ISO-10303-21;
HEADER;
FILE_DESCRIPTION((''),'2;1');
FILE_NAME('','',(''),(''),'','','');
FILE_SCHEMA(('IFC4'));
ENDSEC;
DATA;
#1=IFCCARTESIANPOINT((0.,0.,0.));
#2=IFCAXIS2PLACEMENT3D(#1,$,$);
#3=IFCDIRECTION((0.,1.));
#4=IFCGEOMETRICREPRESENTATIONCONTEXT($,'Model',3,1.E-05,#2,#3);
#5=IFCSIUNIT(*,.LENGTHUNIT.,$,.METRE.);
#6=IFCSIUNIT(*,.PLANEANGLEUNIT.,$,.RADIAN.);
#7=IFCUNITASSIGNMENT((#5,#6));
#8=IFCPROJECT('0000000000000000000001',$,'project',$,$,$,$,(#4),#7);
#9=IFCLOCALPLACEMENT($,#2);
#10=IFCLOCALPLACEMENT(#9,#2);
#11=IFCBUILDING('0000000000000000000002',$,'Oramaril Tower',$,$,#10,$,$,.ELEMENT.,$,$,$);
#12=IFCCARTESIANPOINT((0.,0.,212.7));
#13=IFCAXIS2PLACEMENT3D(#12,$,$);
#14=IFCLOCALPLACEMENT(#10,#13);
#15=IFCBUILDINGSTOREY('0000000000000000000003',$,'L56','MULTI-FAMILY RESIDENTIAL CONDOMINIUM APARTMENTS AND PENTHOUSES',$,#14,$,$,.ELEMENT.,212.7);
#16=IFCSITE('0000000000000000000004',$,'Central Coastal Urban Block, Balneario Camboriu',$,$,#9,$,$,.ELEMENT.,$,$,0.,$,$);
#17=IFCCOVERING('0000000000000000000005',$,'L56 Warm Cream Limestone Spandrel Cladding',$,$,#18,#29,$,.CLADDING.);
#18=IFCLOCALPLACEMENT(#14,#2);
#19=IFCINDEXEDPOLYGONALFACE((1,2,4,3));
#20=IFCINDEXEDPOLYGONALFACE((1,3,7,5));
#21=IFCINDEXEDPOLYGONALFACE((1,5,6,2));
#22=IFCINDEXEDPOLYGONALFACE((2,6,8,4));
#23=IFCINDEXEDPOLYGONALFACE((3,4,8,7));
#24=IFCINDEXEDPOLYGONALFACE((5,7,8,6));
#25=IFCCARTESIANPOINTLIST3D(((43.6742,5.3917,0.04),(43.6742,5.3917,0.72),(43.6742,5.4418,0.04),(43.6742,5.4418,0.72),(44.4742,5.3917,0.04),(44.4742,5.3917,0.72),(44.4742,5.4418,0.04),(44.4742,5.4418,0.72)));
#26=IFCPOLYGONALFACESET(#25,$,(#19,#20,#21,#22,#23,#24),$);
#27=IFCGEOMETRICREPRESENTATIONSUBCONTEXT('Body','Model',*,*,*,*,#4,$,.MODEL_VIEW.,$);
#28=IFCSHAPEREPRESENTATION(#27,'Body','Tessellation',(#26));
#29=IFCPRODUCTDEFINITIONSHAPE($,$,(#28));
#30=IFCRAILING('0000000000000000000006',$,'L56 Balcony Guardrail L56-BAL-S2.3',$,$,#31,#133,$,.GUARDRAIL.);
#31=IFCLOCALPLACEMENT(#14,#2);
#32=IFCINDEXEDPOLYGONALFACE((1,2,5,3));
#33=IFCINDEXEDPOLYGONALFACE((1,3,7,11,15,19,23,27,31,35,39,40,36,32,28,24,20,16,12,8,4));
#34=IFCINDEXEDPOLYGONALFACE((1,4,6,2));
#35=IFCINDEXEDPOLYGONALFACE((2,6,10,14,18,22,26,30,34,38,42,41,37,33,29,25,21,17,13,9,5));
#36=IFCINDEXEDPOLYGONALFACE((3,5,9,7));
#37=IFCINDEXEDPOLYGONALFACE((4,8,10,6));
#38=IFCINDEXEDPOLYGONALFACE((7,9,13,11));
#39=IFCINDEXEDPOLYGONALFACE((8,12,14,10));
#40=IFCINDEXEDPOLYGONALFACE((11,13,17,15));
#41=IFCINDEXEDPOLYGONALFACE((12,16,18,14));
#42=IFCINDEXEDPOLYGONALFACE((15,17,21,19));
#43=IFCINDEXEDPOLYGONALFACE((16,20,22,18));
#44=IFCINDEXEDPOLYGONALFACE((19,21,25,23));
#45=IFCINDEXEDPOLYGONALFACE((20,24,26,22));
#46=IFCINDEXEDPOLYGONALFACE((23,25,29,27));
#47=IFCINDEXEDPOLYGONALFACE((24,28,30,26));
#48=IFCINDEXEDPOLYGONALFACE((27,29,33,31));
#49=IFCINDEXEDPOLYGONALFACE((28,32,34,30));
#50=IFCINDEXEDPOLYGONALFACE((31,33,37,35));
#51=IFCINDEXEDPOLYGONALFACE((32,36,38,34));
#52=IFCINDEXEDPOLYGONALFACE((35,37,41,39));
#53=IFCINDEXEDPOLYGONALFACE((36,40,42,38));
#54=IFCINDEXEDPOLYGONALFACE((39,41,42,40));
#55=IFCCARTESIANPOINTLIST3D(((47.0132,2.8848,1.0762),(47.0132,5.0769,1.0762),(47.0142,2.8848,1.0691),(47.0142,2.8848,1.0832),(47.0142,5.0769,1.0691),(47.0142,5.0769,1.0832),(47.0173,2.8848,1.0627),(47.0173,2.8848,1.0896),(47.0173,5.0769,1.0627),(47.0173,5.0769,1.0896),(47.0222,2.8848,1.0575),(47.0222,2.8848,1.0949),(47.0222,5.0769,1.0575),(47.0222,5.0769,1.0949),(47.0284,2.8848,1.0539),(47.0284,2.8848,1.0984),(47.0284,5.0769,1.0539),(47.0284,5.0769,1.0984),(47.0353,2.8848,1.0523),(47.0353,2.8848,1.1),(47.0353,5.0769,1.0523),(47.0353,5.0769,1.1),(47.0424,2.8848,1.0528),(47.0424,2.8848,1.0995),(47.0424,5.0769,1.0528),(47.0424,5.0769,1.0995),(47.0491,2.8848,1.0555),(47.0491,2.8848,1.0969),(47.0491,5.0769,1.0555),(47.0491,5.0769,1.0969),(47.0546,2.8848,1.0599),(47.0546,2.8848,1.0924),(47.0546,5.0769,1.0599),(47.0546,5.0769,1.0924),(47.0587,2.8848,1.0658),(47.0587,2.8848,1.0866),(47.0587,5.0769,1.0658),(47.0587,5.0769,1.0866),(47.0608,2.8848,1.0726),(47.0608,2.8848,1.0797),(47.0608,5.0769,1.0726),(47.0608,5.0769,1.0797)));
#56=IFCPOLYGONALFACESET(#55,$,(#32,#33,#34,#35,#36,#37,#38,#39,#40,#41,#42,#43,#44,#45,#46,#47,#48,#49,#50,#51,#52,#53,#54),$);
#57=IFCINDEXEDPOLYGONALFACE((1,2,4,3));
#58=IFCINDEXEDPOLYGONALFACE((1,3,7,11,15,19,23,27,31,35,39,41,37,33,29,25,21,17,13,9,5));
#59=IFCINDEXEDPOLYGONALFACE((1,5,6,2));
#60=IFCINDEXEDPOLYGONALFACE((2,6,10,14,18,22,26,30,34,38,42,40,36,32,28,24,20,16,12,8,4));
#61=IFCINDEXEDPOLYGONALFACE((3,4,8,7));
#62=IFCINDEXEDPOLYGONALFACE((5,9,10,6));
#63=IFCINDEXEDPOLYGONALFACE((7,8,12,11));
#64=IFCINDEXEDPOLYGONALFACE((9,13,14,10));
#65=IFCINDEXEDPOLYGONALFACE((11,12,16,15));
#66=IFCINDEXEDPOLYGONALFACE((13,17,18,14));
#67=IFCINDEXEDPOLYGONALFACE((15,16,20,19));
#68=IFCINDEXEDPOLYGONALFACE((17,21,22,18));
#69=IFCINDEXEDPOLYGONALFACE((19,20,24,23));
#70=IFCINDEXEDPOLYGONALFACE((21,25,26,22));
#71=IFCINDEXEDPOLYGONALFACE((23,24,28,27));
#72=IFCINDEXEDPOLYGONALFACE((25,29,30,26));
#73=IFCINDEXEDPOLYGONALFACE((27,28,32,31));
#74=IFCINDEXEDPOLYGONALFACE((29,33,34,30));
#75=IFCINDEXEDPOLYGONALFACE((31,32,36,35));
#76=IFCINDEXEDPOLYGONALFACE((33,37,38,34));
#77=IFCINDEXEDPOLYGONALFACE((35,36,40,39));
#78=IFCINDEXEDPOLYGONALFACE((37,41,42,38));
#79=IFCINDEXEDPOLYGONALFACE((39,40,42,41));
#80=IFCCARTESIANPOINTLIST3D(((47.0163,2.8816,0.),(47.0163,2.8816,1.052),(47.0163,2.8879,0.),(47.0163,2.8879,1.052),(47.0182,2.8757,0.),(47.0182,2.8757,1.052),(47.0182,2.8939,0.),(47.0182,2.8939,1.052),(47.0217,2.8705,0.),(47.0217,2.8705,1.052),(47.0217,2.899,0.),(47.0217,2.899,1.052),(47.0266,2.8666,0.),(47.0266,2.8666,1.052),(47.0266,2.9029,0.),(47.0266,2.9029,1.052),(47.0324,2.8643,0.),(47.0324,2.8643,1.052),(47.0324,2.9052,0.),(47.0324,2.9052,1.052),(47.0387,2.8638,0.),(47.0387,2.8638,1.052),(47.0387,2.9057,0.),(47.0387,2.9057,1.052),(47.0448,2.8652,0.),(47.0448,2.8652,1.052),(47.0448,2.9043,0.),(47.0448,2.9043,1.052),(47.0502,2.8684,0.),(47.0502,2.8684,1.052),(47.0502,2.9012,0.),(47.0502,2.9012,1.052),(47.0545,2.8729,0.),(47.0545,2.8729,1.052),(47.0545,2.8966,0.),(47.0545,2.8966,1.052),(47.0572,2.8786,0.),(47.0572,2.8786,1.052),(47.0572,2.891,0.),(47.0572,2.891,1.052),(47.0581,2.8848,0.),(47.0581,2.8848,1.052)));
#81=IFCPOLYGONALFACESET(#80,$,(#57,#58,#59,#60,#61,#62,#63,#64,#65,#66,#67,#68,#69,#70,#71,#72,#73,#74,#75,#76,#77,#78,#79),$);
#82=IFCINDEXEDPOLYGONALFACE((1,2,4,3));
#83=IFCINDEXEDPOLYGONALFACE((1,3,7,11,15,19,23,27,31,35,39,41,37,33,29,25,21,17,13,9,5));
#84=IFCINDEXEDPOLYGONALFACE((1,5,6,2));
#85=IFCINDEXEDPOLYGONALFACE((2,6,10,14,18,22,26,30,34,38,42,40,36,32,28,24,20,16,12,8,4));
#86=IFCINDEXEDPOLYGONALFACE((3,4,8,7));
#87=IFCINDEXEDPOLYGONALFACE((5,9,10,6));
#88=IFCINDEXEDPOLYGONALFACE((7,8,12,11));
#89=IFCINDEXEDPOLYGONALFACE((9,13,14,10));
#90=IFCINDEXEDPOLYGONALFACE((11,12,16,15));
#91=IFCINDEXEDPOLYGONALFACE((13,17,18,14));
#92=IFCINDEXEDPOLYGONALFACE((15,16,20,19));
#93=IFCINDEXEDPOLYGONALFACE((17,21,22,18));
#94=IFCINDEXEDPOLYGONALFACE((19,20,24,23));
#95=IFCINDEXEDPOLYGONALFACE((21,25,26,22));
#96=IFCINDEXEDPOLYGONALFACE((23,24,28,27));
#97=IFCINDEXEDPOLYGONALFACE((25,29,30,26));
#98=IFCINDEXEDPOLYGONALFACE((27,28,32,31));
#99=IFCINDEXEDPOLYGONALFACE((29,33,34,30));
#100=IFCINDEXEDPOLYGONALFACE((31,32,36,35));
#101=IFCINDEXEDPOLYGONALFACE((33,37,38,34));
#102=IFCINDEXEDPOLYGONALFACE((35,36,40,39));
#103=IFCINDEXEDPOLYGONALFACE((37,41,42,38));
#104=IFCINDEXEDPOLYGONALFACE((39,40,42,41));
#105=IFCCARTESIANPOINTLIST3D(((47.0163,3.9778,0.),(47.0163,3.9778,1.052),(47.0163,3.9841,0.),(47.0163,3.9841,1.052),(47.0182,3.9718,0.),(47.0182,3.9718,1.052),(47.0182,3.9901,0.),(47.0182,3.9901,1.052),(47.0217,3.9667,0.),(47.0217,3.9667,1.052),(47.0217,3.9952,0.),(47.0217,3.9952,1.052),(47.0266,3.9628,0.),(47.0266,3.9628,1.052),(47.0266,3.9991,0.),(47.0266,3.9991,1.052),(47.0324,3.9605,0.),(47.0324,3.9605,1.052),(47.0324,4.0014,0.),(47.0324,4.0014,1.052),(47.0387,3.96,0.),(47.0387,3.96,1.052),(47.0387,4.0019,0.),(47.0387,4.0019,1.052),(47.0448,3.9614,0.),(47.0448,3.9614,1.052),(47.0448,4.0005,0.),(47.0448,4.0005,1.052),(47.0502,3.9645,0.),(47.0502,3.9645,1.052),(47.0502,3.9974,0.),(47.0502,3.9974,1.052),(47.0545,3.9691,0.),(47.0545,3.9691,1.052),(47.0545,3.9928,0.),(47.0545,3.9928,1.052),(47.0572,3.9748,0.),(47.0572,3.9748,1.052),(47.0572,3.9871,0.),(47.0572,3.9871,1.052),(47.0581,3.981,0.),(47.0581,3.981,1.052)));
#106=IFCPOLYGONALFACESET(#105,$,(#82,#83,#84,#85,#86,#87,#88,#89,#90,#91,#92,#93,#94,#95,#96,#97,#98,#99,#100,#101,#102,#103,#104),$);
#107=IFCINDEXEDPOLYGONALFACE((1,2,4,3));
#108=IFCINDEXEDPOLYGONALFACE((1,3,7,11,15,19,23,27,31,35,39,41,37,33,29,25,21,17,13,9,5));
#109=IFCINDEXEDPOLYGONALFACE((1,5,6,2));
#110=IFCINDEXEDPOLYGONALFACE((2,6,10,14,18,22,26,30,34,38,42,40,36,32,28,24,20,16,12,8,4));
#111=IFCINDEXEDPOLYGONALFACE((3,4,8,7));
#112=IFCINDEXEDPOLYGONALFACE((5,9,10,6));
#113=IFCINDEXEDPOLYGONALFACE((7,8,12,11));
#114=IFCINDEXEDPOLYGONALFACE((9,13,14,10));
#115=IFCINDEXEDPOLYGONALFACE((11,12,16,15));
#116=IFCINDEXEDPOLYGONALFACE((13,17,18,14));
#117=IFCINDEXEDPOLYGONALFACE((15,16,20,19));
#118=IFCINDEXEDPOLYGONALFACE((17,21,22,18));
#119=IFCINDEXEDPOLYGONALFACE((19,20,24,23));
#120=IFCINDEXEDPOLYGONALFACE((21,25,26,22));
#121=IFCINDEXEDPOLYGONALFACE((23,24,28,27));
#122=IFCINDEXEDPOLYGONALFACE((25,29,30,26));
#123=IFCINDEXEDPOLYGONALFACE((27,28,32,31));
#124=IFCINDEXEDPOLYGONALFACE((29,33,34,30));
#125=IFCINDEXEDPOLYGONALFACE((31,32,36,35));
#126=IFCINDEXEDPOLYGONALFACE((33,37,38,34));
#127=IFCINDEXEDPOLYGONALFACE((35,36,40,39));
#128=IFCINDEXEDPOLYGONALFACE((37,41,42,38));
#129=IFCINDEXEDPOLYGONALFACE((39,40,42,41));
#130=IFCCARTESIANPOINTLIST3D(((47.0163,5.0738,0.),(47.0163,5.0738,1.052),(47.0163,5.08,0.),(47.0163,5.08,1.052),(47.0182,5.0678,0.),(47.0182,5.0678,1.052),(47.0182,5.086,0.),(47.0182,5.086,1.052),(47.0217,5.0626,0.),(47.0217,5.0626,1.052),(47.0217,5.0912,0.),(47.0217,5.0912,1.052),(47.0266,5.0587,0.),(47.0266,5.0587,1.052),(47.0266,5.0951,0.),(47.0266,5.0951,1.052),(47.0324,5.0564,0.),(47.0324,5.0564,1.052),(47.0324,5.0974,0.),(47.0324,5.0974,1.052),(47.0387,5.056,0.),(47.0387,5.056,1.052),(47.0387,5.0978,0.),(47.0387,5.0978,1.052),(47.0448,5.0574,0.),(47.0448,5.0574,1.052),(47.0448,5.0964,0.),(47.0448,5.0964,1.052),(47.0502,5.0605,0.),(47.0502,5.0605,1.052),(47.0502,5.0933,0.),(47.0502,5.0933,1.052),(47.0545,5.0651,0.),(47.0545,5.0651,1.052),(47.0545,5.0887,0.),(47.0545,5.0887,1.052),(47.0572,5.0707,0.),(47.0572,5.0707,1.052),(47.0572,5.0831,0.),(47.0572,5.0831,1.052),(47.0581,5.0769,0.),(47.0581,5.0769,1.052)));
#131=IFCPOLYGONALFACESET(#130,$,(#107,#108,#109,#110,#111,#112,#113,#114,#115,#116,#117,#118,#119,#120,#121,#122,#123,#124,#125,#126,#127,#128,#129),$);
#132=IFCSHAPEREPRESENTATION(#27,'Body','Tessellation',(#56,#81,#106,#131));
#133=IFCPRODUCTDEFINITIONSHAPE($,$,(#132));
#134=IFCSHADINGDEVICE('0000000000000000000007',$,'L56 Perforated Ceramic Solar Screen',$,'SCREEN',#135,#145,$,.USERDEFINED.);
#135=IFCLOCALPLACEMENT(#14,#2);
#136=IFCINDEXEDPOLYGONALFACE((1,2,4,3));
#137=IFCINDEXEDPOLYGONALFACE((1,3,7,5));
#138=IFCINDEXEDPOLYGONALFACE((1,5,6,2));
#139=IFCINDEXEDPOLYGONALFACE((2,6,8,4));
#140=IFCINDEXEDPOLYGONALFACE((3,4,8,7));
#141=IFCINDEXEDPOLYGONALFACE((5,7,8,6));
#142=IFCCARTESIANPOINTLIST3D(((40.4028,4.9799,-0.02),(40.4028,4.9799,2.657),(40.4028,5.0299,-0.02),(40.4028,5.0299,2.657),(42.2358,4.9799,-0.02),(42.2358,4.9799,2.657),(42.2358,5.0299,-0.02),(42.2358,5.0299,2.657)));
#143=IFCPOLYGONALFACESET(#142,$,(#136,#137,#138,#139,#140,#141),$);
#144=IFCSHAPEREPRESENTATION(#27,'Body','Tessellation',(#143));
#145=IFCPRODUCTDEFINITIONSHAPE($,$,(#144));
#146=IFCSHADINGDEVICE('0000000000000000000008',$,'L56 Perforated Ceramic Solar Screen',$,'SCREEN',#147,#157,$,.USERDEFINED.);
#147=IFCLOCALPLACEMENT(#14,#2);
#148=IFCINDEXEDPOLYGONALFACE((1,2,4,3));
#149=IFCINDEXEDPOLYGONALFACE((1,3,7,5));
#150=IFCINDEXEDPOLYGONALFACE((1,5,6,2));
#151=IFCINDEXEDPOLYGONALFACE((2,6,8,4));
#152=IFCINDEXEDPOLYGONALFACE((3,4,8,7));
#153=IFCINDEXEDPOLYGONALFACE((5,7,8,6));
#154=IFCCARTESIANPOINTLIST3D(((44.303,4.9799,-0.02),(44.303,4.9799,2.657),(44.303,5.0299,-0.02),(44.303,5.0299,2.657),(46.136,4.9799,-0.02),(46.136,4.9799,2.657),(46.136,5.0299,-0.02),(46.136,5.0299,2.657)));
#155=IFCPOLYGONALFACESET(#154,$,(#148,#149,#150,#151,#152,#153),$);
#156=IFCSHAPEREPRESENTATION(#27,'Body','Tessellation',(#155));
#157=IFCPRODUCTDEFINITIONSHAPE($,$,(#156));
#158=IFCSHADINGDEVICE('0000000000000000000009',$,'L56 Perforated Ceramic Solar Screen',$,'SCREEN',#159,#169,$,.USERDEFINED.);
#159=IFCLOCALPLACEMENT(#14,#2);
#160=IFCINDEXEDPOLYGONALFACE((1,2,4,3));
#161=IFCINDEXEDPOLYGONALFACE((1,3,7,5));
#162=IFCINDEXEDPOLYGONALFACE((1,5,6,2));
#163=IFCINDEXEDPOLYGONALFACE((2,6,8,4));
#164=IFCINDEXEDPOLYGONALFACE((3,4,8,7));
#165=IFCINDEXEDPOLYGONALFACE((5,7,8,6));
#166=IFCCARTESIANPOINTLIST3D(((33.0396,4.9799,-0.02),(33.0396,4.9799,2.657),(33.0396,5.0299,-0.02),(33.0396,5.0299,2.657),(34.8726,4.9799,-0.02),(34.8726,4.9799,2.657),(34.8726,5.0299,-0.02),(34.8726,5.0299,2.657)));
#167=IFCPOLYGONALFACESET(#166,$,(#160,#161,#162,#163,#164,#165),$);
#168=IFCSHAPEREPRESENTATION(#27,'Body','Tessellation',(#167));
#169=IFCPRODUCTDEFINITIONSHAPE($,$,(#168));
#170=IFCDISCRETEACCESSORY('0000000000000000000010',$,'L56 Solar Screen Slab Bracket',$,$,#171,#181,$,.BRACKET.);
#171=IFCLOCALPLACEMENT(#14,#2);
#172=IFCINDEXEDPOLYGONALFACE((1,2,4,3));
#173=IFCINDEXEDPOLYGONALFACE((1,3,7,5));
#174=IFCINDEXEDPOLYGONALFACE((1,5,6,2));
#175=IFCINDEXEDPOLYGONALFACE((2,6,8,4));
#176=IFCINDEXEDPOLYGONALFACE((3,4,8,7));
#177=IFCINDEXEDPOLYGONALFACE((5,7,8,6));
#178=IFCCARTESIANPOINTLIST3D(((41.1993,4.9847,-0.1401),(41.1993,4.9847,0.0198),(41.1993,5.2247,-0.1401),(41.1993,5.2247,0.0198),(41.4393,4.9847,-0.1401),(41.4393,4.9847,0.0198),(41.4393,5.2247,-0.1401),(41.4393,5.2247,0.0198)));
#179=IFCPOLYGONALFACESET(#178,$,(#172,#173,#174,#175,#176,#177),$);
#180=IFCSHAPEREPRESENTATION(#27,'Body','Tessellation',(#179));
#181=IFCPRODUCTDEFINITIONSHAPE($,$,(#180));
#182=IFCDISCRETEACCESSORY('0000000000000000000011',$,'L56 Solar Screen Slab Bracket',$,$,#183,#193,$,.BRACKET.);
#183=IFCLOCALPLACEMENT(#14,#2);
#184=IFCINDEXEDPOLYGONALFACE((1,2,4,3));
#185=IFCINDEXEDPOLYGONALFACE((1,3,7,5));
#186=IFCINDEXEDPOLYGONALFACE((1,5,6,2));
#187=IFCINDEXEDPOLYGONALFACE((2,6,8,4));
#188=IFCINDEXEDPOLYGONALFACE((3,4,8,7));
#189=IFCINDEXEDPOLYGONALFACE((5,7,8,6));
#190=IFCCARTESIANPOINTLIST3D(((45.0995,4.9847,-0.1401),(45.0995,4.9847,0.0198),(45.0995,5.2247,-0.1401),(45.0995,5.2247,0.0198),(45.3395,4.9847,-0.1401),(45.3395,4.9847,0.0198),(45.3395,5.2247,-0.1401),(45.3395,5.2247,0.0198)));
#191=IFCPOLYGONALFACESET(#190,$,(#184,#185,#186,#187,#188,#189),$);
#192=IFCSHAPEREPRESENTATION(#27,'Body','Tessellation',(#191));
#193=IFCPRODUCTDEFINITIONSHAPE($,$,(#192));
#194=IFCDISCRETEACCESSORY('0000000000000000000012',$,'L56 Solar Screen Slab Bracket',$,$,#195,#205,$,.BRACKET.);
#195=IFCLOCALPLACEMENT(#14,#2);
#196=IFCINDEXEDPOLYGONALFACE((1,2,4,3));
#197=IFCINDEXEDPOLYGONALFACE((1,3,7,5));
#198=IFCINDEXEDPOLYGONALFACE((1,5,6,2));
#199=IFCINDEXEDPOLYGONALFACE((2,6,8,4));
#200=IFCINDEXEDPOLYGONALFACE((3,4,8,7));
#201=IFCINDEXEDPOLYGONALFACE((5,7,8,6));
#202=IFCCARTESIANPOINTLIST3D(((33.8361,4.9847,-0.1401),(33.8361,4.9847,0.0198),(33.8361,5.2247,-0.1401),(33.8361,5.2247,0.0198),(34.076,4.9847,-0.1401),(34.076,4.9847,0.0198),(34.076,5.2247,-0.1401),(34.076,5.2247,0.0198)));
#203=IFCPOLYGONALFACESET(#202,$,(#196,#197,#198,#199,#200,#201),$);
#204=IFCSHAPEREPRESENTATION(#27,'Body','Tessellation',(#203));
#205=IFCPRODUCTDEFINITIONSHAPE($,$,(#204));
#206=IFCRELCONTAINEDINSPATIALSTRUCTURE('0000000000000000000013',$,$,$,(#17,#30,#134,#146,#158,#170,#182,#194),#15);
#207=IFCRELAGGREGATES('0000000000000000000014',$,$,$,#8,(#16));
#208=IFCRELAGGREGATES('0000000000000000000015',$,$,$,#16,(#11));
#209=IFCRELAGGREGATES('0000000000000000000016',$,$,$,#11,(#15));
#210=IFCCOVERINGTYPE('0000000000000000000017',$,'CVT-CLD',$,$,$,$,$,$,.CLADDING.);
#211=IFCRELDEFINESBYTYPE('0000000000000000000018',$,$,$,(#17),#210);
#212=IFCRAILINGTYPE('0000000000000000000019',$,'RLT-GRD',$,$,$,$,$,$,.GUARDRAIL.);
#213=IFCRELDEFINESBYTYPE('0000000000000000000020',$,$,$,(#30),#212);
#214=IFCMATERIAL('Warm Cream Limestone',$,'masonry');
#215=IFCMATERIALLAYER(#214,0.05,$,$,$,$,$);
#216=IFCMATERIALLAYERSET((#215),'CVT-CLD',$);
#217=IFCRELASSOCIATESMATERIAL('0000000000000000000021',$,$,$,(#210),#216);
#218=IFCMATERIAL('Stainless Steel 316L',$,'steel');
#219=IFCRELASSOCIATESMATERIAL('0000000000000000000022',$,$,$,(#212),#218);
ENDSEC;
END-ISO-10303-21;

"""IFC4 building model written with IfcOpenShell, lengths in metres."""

from ifc_helpers import new_model, si_unit, direction, frame, origin, origin_2d, place, context, subcontext, project, spatial, rectangle, circle, extrude, material, layer, layer_set, type_object, element, save


model = new_model("IFC4")

# Units and contexts
model_context = context("Model", 3, precision=1e-05, world=origin(), true_north=direction((0.0, 1.0)))
body_context = subcontext(model_context, "Body", "Model", "MODEL_VIEW")
ifc_project = project(units=[si_unit("LENGTHUNIT", "METRE"), si_unit("PLANEANGLEUNIT", "RADIAN")], contexts=[model_context])

# Site, building, storey
site_placement = place(None, origin())
site = spatial("IfcSite", under=ifc_project, at=site_placement, Name="Central Coastal Urban Block, Balneario Camboriu", CompositionType="ELEMENT", RefElevation=0.0)
building_placement = place(site_placement, origin())
building = spatial("IfcBuilding", under=site, at=building_placement, Name="Oramaril Tower", CompositionType="ELEMENT")
storey_placement = place(building_placement, frame((0.0, 0.0, 212.7)))
storey = spatial("IfcBuildingStorey", under=building, at=storey_placement, Name="L56", Description="MULTI-FAMILY RESIDENTIAL CONDOMINIUM APARTMENTS AND PENTHOUSES", CompositionType="ELEMENT", Elevation=212.7)

# Covering
ifc_material_1 = material(Name="Warm Cream Limestone", Category="masonry")
ifc_layer_1 = layer(ifc_material_1, 0.05)
ifc_layer_set_1 = layer_set([ifc_layer_1], Name="CVT-CLD")
covering_type = type_object("IfcCoveringType", Name="CVT-CLD", PredefinedType="CLADDING", material=ifc_layer_set_1)
covering_placement = place(storey_placement, frame((44.0742, 5.4167, 0.04), z_axis=(0.0, 0.0, 1.0), x_axis=(1.0, 0.0, 0.0)))
element("IfcCovering", 1, at=covering_placement, inside=storey, type_object=covering_type, Name="L56 Warm Cream Limestone Spandrel Cladding", PredefinedType="CLADDING", context=body_context, shape_type="SweptSolid", body=[
    extrude(rectangle(XDim=0.8, YDim=0.05, at=origin_2d()), origin(), (0.0, 0.0, 1.0), 0.6799),
])

# Railing
ifc_material_2 = material(Name="Stainless Steel 316L", Category="steel")
railing_type = type_object("IfcRailingType", Name="RLT-GRD", PredefinedType="GUARDRAIL", material=ifc_material_2)
railing_placement = place(storey_placement, frame((47.0371, 2.8848, 0.0)))
element("IfcRailing", 2, at=railing_placement, inside=storey, type_object=railing_type, Name="L56 Balcony Guardrail L56-BAL-S2.3", PredefinedType="GUARDRAIL", context=body_context, shape_type="SweptSolid", body=[
    extrude(circle(Radius=0.0239, at=origin_2d()), frame((0.0, 0.0, 1.0762), z_axis=(0.0, 1.0, 0.0), x_axis=(-1.0, 0.0, 0.0)), (0.0, 0.0, 1.0), 2.1921),
    extrude(circle(Radius=0.021, at=origin_2d()), origin(), (0.0, 0.0, 1.0), 1.052),
    extrude(circle(Radius=0.021, at=origin_2d()), frame((0.0, 1.0962, 0.0)), (0.0, 0.0, 1.0), 1.052),
    extrude(circle(Radius=0.021, at=origin_2d()), frame((0.0, 2.1921, 0.0)), (0.0, 0.0, 1.0), 1.052),
])

# Shading devices
for number, where, z_axis, x_axis, name in (
    (3, (41.3193, 5.0049, -0.02), (0.0, 0.0, 1.0), (1.0, 0.0, 0.0), "L56 Perforated Ceramic Solar Screen"),
    (4, (45.2195, 5.0049, -0.02), (0.0, 0.0, 1.0), (1.0, 0.0, 0.0), "L56 Perforated Ceramic Solar Screen"),
    (5, (33.9561, 5.0049, -0.02), (0.0, 0.0, 1.0), (1.0, 0.0, 0.0), "L56 Perforated Ceramic Solar Screen"),
):
    element("IfcShadingDevice", number, at=place(storey_placement, frame(where, z_axis=z_axis, x_axis=x_axis)), inside=storey, Name=name, ObjectType="SCREEN", PredefinedType="USERDEFINED", context=body_context, shape_type="SweptSolid", body=[
        extrude(rectangle(XDim=1.833, YDim=0.05, at=origin_2d()), origin(), (0.0, 0.0, 1.0), 2.677),
    ])

# Discrete accessories
for number, where, z_axis, x_axis, name in (
    (6, (41.3193, 5.1047, -0.1401), (0.0, 0.0, 1.0), (1.0, 0.0, 0.0), "L56 Solar Screen Slab Bracket"),
    (7, (45.2195, 5.1047, -0.1401), (0.0, 0.0, 1.0), (1.0, 0.0, 0.0), "L56 Solar Screen Slab Bracket"),
    (8, (33.9561, 5.1047, -0.1401), (0.0, 0.0, 1.0), (1.0, 0.0, 0.0), "L56 Solar Screen Slab Bracket"),
):
    element("IfcDiscreteAccessory", number, at=place(storey_placement, frame(where, z_axis=z_axis, x_axis=x_axis)), inside=storey, Name=name, PredefinedType="BRACKET", context=body_context, shape_type="SweptSolid", body=[
        extrude(rectangle(XDim=0.24, YDim=0.24, at=origin_2d()), origin(), (0.0, 0.0, 1.0), 0.1599),
    ])

save(model, "model.ifc")
